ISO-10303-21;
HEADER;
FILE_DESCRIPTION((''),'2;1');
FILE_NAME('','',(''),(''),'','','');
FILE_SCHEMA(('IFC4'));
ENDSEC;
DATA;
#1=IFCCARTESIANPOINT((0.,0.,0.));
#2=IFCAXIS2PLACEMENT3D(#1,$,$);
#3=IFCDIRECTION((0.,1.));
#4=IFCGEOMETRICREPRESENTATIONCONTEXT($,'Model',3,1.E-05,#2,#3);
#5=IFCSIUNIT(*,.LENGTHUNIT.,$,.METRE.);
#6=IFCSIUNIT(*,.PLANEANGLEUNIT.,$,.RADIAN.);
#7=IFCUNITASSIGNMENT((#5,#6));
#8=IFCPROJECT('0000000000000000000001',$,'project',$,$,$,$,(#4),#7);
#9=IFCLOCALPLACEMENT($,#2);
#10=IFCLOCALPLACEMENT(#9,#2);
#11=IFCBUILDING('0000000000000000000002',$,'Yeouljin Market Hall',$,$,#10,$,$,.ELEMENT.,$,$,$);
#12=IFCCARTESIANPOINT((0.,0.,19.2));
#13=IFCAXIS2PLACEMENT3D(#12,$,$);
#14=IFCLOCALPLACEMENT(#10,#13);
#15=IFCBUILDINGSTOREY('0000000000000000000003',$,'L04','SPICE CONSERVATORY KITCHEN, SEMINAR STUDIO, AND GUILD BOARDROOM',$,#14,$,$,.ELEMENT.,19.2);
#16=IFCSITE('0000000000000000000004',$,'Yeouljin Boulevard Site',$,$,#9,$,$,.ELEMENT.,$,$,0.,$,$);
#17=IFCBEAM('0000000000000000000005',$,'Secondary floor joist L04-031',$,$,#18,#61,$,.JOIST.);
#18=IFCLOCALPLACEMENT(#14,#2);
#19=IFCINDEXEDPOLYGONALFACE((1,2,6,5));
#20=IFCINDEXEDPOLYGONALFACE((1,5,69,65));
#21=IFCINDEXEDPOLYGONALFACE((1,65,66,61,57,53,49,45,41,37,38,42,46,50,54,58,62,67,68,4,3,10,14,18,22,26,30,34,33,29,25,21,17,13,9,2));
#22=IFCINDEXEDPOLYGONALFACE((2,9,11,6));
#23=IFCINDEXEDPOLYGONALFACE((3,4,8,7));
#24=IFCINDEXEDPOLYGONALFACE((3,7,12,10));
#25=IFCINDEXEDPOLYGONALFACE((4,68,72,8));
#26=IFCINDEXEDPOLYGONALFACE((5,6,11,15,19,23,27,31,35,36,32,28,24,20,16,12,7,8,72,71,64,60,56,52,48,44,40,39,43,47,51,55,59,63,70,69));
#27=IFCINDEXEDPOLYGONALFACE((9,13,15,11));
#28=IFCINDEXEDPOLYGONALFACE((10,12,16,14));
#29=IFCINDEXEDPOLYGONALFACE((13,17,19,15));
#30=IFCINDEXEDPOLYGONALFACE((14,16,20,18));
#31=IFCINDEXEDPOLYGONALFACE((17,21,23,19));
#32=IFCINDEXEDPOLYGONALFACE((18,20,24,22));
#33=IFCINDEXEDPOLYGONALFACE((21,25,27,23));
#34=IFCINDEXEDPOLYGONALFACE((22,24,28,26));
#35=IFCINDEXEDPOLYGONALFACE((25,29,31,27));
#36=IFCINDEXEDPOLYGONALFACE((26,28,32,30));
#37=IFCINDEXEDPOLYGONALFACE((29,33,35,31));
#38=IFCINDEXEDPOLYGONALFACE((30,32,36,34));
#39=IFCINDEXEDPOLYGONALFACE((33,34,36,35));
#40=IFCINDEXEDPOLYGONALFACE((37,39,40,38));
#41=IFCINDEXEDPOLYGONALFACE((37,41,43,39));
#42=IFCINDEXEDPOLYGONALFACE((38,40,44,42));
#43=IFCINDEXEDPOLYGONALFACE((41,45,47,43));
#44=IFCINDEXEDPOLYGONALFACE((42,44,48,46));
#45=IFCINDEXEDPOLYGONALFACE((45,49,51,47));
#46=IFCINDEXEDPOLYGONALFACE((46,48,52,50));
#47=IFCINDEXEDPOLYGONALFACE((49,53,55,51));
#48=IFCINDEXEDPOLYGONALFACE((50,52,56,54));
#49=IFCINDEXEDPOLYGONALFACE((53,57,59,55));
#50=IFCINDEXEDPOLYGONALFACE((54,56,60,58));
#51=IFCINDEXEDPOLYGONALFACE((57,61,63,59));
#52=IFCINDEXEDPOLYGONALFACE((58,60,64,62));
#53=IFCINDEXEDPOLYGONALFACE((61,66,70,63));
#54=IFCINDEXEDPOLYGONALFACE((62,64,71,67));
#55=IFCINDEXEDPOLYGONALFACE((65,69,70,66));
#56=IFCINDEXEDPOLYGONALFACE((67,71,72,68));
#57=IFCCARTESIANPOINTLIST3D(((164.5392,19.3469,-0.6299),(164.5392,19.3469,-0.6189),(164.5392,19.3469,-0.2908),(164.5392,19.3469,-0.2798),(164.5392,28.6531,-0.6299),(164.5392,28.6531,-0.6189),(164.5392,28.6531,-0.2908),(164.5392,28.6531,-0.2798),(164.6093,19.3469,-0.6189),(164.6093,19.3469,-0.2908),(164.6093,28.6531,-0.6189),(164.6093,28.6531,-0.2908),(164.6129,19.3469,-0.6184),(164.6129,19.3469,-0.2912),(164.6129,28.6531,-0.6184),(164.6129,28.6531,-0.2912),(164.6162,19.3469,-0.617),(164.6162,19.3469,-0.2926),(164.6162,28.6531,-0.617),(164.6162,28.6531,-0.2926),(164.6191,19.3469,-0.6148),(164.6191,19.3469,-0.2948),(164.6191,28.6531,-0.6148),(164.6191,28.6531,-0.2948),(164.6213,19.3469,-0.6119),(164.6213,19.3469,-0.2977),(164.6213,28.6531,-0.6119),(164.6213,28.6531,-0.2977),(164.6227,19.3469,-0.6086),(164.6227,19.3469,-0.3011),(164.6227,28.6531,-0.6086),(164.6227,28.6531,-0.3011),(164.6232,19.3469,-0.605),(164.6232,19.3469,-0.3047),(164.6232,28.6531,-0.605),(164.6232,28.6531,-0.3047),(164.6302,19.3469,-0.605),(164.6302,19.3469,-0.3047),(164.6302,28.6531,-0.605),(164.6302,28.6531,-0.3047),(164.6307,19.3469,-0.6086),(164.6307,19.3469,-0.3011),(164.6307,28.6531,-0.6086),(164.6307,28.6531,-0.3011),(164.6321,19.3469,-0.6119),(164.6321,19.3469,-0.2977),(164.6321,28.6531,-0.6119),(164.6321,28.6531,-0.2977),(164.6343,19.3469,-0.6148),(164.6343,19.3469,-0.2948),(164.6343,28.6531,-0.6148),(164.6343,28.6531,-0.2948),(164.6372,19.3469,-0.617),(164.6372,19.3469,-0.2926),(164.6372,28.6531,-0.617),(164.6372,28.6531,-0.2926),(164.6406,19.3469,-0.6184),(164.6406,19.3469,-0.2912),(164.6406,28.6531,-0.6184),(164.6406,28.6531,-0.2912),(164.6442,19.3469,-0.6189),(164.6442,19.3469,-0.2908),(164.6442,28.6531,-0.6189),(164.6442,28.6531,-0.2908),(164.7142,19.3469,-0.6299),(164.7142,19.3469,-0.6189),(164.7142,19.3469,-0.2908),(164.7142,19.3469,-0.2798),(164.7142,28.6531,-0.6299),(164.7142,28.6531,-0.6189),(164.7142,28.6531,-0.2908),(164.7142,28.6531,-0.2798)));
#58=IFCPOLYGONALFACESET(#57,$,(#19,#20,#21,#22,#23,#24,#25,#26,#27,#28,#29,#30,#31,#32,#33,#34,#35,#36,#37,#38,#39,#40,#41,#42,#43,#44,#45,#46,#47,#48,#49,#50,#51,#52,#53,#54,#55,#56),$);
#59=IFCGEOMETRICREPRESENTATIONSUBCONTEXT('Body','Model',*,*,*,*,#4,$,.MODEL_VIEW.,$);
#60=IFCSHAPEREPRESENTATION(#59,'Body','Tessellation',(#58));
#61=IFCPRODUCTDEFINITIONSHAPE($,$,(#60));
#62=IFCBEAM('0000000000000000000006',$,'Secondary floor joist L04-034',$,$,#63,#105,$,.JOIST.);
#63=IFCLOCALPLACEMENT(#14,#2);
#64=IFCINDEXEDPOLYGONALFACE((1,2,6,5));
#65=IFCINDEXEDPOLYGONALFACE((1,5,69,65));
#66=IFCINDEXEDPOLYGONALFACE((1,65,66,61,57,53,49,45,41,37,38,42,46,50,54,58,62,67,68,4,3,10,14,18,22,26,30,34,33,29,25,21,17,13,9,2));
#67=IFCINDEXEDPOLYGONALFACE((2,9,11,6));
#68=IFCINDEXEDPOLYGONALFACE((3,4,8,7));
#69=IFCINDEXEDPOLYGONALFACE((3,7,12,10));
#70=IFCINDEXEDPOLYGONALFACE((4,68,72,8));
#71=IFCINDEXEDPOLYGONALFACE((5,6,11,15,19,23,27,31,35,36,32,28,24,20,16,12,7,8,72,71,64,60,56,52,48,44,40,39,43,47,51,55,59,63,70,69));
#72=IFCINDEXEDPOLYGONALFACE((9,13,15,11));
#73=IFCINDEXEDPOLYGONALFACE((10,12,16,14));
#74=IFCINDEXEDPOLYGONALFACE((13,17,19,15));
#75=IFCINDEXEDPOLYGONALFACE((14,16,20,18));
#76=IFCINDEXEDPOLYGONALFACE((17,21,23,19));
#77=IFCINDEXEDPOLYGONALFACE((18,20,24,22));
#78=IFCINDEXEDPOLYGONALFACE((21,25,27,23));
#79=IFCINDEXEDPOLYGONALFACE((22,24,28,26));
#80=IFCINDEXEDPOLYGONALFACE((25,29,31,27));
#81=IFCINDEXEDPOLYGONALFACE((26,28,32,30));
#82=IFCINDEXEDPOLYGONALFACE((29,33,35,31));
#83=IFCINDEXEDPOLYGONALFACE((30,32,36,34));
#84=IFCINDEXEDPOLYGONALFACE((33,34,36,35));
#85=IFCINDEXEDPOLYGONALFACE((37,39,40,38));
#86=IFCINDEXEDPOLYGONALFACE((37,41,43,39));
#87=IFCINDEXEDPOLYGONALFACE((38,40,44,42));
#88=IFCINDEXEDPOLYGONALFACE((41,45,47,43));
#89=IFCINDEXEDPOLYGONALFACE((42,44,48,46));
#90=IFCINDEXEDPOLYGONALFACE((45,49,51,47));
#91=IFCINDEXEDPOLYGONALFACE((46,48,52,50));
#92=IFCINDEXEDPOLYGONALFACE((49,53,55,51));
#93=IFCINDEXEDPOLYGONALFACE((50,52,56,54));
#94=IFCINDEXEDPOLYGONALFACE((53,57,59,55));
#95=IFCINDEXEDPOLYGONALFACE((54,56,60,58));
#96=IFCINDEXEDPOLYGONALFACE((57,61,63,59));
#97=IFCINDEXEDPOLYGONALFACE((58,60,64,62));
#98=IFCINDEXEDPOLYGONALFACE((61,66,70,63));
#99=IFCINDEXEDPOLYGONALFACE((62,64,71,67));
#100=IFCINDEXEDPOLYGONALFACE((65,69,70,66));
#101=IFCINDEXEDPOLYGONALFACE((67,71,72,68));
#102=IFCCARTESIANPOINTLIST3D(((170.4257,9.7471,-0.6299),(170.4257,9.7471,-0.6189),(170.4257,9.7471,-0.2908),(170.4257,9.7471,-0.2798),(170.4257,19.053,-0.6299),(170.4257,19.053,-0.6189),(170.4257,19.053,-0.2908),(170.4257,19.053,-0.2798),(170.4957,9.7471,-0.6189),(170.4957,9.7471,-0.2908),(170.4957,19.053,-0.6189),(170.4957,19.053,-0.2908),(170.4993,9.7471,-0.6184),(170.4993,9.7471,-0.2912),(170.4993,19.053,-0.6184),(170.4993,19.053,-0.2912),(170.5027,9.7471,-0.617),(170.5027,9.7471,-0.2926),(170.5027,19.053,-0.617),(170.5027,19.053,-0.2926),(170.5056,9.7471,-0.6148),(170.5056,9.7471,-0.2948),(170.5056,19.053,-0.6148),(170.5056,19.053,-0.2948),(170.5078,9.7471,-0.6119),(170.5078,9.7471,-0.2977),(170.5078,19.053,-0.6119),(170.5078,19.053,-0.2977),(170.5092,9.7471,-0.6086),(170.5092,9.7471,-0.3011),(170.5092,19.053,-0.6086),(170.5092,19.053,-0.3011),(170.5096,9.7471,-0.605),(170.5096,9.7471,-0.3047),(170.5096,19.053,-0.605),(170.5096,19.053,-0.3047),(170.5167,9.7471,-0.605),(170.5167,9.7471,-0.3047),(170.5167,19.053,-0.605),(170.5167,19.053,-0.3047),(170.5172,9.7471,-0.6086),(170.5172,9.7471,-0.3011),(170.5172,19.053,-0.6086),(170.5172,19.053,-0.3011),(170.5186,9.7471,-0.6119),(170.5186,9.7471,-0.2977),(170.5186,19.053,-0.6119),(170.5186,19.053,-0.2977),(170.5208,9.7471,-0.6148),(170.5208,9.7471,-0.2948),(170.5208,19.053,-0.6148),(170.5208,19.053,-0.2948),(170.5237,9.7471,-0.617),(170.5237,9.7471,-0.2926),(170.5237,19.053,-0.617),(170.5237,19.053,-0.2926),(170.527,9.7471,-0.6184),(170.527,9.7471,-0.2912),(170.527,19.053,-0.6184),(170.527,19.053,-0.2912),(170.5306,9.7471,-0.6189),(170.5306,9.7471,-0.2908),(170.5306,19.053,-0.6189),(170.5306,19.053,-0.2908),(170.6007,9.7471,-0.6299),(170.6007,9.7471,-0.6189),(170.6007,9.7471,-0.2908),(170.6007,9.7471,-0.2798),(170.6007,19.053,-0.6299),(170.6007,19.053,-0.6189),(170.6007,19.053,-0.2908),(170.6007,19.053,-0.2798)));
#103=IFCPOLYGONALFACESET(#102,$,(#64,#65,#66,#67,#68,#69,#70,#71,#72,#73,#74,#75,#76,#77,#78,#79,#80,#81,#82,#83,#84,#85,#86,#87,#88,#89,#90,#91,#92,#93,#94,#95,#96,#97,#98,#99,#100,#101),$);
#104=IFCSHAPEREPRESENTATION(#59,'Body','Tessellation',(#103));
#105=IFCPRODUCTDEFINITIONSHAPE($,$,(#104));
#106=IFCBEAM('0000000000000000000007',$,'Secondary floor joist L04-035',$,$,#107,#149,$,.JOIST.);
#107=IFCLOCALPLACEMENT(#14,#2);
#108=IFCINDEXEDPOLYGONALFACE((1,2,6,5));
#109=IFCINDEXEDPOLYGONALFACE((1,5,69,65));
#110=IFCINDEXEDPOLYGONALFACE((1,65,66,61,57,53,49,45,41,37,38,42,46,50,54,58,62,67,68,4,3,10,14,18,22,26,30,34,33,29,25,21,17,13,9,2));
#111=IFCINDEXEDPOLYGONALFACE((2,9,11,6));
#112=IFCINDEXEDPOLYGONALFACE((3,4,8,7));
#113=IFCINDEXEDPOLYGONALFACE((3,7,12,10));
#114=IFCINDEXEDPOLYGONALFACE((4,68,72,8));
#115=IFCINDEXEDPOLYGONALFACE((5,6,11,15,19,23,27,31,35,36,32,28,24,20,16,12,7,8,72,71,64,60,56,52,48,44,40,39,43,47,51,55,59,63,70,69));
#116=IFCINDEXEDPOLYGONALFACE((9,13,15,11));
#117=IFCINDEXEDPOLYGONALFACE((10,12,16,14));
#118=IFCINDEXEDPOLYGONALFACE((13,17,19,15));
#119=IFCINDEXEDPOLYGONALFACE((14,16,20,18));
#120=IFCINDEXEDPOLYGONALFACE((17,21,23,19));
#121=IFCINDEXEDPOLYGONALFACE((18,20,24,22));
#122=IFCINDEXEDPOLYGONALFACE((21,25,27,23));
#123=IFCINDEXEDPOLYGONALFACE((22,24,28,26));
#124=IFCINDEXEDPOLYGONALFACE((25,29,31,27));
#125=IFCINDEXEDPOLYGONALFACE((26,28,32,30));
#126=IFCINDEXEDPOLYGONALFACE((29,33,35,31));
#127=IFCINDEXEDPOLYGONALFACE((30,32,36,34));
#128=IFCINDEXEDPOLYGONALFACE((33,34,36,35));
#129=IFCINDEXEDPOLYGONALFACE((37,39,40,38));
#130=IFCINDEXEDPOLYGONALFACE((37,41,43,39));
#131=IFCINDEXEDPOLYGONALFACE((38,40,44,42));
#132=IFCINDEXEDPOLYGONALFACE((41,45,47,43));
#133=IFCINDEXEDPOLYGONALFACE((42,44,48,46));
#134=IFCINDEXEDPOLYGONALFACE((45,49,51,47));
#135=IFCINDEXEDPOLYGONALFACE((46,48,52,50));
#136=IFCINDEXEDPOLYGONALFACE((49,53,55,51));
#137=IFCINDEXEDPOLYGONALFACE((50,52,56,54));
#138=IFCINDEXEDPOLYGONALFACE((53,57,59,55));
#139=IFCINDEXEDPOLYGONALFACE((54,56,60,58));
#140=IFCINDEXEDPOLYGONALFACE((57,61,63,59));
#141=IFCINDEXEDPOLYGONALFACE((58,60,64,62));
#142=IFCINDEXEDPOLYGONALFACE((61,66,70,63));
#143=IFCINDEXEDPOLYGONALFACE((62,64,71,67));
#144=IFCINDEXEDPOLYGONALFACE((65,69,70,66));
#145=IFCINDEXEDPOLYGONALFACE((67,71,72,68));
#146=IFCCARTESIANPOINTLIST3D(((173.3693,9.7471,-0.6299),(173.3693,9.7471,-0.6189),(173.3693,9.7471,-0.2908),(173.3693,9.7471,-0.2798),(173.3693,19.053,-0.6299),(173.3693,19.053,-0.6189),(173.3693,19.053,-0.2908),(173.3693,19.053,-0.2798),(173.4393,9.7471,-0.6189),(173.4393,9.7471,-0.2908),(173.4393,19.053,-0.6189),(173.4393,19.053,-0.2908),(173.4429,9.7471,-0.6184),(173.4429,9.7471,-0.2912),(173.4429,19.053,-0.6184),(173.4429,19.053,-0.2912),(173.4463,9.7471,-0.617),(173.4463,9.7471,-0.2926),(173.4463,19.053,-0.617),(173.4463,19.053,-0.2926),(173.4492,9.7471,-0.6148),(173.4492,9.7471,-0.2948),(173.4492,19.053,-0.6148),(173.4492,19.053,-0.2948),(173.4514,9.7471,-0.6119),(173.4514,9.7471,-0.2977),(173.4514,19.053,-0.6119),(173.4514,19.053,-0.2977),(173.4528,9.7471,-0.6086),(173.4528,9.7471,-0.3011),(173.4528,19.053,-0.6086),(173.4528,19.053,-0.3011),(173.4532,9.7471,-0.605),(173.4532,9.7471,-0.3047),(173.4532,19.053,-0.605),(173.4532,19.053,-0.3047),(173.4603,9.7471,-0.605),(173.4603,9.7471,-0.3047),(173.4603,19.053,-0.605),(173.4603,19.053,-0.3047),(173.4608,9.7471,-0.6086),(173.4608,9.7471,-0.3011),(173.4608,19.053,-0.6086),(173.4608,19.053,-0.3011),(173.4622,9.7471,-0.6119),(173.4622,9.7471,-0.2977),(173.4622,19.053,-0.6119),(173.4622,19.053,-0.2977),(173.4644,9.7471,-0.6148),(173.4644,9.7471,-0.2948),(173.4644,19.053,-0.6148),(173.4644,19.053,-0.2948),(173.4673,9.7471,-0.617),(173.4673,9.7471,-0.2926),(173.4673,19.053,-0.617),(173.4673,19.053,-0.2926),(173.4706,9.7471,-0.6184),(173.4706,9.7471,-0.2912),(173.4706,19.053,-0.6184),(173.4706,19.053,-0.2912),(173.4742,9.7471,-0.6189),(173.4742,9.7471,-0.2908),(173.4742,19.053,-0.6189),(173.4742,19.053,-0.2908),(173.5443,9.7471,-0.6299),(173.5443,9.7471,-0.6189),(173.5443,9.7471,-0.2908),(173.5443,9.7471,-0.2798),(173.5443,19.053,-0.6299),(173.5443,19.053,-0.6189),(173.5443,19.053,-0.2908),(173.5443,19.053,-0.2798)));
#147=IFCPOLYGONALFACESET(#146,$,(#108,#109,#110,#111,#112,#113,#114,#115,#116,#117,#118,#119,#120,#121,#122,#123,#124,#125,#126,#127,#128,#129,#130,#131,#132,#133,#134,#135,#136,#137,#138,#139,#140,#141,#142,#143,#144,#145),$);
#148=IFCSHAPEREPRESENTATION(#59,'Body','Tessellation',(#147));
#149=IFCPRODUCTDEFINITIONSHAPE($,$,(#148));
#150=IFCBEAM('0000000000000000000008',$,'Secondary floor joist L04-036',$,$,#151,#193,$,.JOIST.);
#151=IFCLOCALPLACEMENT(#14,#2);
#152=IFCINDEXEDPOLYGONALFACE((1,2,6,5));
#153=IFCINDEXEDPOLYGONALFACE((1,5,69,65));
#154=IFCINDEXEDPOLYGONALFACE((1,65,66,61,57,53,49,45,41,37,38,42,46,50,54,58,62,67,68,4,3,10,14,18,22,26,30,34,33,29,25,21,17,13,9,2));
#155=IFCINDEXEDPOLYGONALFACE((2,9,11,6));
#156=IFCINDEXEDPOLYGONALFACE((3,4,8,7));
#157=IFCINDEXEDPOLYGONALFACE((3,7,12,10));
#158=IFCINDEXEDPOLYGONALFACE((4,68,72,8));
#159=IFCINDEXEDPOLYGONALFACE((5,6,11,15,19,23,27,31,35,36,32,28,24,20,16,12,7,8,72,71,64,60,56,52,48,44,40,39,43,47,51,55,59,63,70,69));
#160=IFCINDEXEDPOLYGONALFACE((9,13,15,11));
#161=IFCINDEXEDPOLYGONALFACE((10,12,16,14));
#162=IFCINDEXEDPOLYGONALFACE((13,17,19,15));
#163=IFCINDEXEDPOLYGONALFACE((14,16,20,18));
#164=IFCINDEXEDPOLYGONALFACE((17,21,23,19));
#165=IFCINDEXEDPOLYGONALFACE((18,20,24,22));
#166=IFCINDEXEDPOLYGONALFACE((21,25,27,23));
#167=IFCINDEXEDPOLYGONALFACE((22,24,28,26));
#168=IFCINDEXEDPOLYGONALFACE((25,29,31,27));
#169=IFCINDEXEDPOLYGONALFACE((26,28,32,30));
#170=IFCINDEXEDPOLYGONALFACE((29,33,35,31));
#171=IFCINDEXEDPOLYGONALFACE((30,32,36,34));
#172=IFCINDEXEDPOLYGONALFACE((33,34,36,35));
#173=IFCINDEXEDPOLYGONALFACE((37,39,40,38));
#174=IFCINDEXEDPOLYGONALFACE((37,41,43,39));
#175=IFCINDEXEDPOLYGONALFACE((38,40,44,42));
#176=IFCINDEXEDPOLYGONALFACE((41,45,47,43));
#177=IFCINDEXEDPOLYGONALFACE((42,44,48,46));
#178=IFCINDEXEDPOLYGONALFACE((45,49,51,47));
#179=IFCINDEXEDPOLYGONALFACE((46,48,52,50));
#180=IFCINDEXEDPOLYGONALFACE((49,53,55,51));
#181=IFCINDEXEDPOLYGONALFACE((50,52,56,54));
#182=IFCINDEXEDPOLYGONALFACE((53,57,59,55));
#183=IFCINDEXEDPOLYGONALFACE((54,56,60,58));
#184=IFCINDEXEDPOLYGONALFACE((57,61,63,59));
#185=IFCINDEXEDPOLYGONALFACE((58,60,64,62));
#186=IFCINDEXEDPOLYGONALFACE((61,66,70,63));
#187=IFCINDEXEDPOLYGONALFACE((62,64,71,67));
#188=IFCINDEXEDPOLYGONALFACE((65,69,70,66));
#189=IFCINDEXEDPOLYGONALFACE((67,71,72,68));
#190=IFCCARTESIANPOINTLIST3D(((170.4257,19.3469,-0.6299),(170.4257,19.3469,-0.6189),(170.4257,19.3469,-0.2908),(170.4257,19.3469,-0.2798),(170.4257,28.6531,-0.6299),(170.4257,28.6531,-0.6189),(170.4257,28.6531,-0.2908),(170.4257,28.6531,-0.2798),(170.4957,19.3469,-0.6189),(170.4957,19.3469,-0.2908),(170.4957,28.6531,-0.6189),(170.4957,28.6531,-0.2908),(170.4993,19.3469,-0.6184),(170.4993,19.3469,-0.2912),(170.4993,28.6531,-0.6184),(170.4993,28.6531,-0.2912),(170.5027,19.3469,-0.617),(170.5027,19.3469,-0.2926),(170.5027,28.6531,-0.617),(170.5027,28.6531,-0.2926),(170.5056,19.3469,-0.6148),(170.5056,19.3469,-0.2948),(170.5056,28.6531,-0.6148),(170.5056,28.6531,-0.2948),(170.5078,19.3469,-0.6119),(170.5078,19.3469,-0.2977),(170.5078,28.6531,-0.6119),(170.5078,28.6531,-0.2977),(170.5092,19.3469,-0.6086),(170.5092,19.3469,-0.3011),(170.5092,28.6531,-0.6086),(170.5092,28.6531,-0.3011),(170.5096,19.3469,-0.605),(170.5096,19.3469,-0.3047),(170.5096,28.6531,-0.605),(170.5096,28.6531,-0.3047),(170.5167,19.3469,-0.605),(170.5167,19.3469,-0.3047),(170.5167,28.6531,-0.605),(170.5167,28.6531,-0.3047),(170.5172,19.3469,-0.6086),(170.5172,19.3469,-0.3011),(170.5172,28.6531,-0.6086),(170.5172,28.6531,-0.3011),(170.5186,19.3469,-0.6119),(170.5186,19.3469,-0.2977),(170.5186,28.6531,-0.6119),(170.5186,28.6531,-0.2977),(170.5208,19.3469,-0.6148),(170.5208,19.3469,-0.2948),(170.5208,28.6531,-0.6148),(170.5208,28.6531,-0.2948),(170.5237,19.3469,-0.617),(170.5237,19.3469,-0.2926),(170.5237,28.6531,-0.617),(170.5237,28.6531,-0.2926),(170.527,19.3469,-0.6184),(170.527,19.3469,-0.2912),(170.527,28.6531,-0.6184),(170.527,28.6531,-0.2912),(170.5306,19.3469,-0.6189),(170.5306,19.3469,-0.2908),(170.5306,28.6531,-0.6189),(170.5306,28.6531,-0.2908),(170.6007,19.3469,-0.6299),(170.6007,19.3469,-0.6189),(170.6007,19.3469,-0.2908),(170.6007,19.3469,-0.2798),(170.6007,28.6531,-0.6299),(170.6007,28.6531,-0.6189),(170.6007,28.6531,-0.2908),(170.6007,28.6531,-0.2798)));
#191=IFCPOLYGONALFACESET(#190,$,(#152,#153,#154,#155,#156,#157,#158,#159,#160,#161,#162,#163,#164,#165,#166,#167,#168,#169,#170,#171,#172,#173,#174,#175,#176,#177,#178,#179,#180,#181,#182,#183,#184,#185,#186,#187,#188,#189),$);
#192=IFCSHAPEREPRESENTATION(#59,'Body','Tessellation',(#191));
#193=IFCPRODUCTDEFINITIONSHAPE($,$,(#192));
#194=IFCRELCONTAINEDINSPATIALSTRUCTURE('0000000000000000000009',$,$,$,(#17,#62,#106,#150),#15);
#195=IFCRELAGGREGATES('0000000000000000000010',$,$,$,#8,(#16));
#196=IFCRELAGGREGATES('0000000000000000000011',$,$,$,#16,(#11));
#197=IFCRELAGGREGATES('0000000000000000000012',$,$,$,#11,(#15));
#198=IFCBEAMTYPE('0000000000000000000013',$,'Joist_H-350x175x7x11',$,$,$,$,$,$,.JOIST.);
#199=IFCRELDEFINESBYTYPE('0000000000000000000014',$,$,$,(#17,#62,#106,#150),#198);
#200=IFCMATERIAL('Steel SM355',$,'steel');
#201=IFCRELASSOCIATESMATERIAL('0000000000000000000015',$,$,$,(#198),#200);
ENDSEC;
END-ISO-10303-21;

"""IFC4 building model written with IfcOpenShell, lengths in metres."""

from ifc_helpers import new_model, si_unit, direction, frame, origin, origin_2d, place, context, subcontext, project, spatial, i_section, extrude, material, material_profile, profile_set, type_object, element, save


model = new_model("IFC4")

# Units and contexts
model_context = context("Model", 3, precision=1e-05, world=origin(), true_north=direction((0.0, 1.0)))
body_context = subcontext(model_context, "Body", "Model", "MODEL_VIEW")
ifc_project = project(units=[si_unit("LENGTHUNIT", "METRE"), si_unit("PLANEANGLEUNIT", "RADIAN")], contexts=[model_context])

# Site, building, storey
site_placement = place(None, origin())
site = spatial("IfcSite", under=ifc_project, at=site_placement, Name="Yeouljin Boulevard Site", CompositionType="ELEMENT", RefElevation=0.0)
building_placement = place(site_placement, origin())
building = spatial("IfcBuilding", under=site, at=building_placement, Name="Yeouljin Market Hall", CompositionType="ELEMENT")
storey_placement = place(building_placement, frame((0.0, 0.0, 19.2)))
storey = spatial("IfcBuildingStorey", under=building, at=storey_placement, Name="L04", Description="SPICE CONSERVATORY KITCHEN, SEMINAR STUDIO, AND GUILD BOARDROOM", CompositionType="ELEMENT", Elevation=19.2)

# Beams
ifc_material_1 = material(Name="Steel SM355", Category="steel")
ifc_material_profile_1 = material_profile(ifc_material_1, i_section(OverallWidth=0.175, OverallDepth=0.3501, WebThickness=0.0071, FlangeThickness=0.011, FilletRadius=0.0139, at=origin_2d()), Name="H-350x175x7x11")
ifc_profile_set_1 = profile_set([ifc_material_profile_1], Name="Steel SM355")
beam_type_1 = type_object("IfcBeamType", Name="Joist_H-350x175x7x11", PredefinedType="JOIST", material=ifc_profile_set_1)
for number, where, z_axis, x_axis, name in (
    (1, (164.6267, 19.3469, -0.4548), (0.0, 1.0, 0.0), (-1.0, 0.0, 0.0), "Secondary floor joist L04-031"),
):
    element("IfcBeam", number, at=place(storey_placement, frame(where, z_axis=z_axis, x_axis=x_axis)), inside=storey, type_object=beam_type_1, Name=name, PredefinedType="JOIST", context=body_context, shape_type="SweptSolid", body=[
        extrude(i_section(OverallWidth=0.175, OverallDepth=0.3501, WebThickness=0.0071, FlangeThickness=0.011, FilletRadius=0.0139, at=origin_2d()), origin(), (0.0, 0.0, 1.0), 9.3062),
    ])
for number, where, z_axis, x_axis, name in (
    (2, (170.5132, 9.7471, -0.4548), (0.0, 1.0, 0.0), (-1.0, 0.0, 0.0), "Secondary floor joist L04-034"),
    (3, (173.4568, 9.7471, -0.4548), (0.0, 1.0, 0.0), (-1.0, 0.0, 0.0), "Secondary floor joist L04-035"),
):
    element("IfcBeam", number, at=place(storey_placement, frame(where, z_axis=z_axis, x_axis=x_axis)), inside=storey, type_object=beam_type_1, Name=name, PredefinedType="JOIST", context=body_context, shape_type="SweptSolid", body=[
        extrude(i_section(OverallWidth=0.175, OverallDepth=0.3501, WebThickness=0.0071, FlangeThickness=0.011, FilletRadius=0.0139, at=origin_2d()), origin(), (0.0, 0.0, 1.0), 9.3059),
    ])
for number, where, z_axis, x_axis, name in (
    (4, (170.5132, 19.3469, -0.4548), (0.0, 1.0, 0.0), (-1.0, 0.0, 0.0), "Secondary floor joist L04-036"),
):
    element("IfcBeam", number, at=place(storey_placement, frame(where, z_axis=z_axis, x_axis=x_axis)), inside=storey, type_object=beam_type_1, Name=name, PredefinedType="JOIST", context=body_context, shape_type="SweptSolid", body=[
        extrude(i_section(OverallWidth=0.175, OverallDepth=0.3501, WebThickness=0.0071, FlangeThickness=0.011, FilletRadius=0.0139, at=origin_2d()), origin(), (0.0, 0.0, 1.0), 9.3062),
    ])

save(model, "model.ifc")
